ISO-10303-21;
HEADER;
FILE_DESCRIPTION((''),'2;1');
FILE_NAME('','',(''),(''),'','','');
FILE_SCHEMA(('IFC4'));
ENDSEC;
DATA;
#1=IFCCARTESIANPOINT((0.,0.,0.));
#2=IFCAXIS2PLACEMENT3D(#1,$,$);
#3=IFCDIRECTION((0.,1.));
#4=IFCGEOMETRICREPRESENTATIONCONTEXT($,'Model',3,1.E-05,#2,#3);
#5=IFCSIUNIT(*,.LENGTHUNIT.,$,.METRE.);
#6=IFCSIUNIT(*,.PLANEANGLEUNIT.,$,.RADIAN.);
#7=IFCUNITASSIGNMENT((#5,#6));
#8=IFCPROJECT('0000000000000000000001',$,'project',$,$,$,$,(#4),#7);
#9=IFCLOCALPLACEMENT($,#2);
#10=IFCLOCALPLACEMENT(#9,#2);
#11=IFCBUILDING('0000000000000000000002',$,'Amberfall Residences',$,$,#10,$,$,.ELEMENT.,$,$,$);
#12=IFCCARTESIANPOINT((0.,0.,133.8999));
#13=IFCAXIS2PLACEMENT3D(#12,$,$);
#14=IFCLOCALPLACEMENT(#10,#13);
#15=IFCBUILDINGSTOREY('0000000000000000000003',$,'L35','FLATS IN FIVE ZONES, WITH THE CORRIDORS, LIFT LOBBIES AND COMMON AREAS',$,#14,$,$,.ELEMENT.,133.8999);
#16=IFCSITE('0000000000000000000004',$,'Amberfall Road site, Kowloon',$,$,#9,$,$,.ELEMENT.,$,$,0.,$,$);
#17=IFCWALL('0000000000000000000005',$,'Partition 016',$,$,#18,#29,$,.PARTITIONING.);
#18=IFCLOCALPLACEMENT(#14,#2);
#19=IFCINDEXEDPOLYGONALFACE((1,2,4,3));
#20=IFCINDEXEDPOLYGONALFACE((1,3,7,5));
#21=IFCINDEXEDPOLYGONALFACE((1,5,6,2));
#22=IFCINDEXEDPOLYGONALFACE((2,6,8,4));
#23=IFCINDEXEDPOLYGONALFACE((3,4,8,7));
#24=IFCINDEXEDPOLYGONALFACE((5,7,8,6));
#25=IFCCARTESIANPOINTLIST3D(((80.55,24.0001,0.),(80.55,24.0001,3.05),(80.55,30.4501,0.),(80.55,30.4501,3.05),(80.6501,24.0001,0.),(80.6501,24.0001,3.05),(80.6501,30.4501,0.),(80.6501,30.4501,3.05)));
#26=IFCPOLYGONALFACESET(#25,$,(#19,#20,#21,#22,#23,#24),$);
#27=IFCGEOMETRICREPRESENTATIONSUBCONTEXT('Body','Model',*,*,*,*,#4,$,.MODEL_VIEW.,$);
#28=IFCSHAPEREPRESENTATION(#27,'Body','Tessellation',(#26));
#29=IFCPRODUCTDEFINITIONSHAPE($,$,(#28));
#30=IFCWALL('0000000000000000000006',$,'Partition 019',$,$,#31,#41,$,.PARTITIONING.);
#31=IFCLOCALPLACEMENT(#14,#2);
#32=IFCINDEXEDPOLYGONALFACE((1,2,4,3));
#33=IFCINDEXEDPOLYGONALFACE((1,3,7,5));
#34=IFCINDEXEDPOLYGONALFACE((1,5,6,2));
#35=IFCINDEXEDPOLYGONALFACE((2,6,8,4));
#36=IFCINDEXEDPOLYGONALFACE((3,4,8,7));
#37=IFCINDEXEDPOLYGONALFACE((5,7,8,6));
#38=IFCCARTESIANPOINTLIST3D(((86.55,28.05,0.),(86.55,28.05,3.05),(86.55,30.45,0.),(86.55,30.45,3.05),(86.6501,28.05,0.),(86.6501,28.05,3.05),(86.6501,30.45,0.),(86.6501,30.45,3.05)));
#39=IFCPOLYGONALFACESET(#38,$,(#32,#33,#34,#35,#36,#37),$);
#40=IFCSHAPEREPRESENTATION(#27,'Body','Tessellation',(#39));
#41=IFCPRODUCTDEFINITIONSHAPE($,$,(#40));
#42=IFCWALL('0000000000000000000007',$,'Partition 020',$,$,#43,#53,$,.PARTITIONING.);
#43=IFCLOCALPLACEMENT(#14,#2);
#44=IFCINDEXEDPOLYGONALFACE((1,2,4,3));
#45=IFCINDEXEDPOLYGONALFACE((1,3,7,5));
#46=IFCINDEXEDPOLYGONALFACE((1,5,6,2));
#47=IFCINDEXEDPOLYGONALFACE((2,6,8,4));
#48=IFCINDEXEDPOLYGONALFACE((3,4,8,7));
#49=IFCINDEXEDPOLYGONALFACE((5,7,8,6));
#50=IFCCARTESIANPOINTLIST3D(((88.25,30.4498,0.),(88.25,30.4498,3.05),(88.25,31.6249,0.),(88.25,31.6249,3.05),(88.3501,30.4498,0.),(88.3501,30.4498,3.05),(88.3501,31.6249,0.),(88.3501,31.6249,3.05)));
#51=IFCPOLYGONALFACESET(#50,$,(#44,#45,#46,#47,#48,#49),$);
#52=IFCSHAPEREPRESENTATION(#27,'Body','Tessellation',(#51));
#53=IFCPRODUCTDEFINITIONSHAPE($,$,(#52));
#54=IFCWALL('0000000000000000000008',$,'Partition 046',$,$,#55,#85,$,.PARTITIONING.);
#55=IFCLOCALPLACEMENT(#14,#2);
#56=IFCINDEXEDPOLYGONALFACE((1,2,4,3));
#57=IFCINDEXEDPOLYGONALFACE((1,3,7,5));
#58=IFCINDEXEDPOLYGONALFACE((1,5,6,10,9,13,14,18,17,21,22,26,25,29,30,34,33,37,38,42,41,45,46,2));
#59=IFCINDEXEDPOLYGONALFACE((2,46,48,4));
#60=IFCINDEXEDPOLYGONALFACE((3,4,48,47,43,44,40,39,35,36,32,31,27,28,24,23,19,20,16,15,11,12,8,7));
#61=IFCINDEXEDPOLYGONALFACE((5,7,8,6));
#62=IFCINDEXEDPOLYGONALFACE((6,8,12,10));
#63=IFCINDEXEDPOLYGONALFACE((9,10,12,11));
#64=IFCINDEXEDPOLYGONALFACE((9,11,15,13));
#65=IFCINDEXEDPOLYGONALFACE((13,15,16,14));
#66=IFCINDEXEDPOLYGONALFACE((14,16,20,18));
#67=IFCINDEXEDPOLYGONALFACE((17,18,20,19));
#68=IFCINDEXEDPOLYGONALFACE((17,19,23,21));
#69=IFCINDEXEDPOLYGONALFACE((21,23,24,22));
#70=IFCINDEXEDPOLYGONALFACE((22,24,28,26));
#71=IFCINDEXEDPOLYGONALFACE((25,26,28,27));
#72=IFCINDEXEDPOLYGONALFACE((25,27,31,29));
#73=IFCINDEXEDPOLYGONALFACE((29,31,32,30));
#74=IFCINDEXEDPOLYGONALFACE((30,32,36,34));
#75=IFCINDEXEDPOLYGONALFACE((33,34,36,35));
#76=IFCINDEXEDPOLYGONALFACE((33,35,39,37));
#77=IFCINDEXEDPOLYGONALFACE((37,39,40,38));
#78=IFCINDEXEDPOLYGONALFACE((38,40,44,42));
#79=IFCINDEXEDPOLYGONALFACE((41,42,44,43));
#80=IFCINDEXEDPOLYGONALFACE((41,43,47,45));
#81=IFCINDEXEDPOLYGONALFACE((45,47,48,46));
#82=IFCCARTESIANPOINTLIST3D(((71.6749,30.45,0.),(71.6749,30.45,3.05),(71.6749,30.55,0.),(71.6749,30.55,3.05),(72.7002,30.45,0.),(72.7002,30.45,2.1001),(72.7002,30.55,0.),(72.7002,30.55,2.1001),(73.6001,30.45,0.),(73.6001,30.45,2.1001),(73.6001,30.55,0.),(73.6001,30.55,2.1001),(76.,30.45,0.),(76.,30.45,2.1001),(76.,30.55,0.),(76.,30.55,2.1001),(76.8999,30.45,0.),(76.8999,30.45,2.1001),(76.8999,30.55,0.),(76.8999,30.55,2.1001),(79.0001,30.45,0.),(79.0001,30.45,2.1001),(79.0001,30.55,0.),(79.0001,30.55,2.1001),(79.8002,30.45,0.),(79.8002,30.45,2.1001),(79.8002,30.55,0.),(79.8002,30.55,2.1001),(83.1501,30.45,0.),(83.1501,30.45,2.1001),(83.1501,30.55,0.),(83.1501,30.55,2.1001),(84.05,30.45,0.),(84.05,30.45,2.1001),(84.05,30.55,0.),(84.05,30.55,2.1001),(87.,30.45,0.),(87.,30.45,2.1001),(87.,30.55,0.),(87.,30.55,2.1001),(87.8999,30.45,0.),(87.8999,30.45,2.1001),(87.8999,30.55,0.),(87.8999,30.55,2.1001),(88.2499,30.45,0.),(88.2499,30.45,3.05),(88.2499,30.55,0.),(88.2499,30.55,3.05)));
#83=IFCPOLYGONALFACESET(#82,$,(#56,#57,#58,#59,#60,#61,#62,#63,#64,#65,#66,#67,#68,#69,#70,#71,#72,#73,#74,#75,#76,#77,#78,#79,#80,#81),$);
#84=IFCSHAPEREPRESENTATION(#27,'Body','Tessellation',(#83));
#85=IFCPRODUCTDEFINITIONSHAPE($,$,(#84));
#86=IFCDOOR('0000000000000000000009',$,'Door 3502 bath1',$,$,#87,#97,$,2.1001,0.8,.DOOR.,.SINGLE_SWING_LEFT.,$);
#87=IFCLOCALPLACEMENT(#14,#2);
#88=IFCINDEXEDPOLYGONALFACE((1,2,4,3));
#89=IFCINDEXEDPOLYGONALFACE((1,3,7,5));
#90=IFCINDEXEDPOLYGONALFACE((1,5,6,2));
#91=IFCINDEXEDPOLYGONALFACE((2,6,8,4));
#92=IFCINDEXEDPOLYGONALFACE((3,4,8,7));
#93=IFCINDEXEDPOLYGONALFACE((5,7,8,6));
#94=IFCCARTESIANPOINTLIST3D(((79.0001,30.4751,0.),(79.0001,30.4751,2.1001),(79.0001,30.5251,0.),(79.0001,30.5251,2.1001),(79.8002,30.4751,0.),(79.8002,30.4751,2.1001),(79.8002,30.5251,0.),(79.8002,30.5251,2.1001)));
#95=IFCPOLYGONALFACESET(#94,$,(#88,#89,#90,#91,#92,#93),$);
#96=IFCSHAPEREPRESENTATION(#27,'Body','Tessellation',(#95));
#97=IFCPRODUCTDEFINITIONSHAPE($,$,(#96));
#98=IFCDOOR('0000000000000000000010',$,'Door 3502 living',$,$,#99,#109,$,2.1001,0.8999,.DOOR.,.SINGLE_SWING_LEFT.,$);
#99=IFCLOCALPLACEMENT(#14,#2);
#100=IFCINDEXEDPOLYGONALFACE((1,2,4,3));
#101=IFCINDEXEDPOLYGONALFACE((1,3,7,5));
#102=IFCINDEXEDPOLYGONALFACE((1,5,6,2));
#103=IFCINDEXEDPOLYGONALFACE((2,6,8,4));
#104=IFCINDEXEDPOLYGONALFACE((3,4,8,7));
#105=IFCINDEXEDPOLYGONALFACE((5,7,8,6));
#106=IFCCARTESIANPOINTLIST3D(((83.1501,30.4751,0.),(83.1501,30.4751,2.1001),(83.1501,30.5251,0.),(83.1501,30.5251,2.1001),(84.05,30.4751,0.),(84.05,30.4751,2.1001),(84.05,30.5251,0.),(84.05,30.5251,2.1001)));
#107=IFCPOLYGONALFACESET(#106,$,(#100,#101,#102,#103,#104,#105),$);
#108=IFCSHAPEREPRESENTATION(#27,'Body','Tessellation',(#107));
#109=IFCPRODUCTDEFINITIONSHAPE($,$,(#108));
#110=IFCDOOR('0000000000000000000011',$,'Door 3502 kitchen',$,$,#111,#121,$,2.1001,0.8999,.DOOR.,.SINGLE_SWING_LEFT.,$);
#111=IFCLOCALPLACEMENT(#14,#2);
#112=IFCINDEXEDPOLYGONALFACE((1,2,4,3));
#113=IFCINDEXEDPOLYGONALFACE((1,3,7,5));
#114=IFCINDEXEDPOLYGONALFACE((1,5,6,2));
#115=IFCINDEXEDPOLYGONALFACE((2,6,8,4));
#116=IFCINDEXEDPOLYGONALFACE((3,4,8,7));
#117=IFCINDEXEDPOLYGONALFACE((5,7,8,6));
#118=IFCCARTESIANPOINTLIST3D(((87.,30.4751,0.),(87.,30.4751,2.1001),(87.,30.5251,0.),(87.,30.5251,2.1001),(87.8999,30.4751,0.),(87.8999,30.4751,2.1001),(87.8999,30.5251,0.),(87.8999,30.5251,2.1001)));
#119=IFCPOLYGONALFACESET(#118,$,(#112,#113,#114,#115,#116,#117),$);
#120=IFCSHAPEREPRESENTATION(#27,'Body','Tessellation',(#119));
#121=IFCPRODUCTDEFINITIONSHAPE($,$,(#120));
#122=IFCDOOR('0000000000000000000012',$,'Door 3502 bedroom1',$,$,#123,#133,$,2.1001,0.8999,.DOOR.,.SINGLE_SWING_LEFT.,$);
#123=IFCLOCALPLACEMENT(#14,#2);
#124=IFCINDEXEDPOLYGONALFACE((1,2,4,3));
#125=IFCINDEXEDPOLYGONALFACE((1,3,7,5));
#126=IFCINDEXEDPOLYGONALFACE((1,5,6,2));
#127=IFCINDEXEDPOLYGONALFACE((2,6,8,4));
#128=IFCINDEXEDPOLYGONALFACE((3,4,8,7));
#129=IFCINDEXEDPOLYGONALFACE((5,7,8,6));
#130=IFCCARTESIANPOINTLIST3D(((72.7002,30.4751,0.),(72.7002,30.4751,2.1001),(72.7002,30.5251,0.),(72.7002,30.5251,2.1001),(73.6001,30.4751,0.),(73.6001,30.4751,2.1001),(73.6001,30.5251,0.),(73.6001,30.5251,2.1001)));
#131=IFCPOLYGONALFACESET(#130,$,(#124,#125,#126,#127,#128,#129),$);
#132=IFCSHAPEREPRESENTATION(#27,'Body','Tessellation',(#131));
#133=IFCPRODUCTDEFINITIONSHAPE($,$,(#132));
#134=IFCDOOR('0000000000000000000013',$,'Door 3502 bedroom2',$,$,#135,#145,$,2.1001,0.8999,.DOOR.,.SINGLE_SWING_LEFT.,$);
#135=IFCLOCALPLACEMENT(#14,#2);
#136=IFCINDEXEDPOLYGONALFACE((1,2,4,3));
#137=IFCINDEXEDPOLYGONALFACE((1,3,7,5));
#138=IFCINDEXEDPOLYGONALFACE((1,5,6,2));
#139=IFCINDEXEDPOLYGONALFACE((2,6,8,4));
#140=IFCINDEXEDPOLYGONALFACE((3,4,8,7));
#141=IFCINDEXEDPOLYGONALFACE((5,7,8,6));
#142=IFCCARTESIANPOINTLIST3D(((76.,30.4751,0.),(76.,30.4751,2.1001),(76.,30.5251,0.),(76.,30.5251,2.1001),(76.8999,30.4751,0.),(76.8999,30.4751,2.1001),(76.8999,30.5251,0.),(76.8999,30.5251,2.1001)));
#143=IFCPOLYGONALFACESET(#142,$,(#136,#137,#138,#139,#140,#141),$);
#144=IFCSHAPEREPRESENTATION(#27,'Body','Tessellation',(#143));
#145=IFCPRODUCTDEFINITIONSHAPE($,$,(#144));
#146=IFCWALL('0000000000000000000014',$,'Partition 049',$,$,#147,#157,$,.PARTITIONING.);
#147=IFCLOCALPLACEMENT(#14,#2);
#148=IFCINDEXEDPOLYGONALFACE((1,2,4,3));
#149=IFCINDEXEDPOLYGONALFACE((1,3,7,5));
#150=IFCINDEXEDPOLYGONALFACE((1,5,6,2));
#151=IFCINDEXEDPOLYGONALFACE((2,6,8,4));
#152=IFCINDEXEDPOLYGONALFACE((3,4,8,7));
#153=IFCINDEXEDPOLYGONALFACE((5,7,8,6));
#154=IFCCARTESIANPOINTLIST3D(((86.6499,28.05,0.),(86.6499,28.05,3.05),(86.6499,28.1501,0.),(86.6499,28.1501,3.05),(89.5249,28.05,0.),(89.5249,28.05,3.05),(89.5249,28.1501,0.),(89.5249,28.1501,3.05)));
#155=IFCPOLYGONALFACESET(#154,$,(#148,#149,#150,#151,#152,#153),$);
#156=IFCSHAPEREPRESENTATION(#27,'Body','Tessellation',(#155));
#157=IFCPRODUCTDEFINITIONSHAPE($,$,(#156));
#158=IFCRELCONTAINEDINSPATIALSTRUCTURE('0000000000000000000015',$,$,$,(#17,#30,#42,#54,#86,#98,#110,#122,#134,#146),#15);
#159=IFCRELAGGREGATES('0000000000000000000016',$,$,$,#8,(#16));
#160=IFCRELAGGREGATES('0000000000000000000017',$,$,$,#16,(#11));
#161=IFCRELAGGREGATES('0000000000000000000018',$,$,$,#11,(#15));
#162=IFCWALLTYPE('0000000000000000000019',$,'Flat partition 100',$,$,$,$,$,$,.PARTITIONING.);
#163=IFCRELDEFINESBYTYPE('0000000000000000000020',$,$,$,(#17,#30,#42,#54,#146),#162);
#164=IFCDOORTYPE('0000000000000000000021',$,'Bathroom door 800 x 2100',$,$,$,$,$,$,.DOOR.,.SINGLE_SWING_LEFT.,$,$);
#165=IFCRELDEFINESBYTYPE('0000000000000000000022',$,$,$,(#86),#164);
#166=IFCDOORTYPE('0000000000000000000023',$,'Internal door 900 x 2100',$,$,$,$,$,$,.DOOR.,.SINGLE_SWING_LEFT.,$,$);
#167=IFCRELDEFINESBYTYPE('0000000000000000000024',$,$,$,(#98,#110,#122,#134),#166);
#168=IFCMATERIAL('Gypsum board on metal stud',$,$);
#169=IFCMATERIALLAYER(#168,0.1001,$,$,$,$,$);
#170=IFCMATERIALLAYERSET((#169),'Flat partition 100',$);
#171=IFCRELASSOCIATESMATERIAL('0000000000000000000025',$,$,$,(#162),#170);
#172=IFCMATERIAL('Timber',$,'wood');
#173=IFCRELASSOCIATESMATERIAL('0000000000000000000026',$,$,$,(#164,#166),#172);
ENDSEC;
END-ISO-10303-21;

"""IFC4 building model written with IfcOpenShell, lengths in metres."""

from ifc_helpers import new_model, si_unit, direction, frame, frame_2d, origin, place, context, subcontext, project, spatial, rectangle, extrude, material, layer, layer_set, type_object, element, fill, save


model = new_model("IFC4")

# Units and contexts
model_context = context("Model", 3, precision=1e-05, world=origin(), true_north=direction((0.0, 1.0)))
body_context = subcontext(model_context, "Body", "Model", "MODEL_VIEW")
ifc_project = project(units=[si_unit("LENGTHUNIT", "METRE"), si_unit("PLANEANGLEUNIT", "RADIAN")], contexts=[model_context])

# Site, building, storey
site_placement = place(None, origin())
site = spatial("IfcSite", under=ifc_project, at=site_placement, Name="Amberfall Road site, Kowloon", CompositionType="ELEMENT", RefElevation=0.0)
building_placement = place(site_placement, origin())
building = spatial("IfcBuilding", under=site, at=building_placement, Name="Amberfall Residences", CompositionType="ELEMENT")
storey_placement = place(building_placement, frame((0.0, 0.0, 133.8999)))
storey = spatial("IfcBuildingStorey", under=building, at=storey_placement, Name="L35", Description="FLATS IN FIVE ZONES, WITH THE CORRIDORS, LIFT LOBBIES AND COMMON AREAS", CompositionType="ELEMENT", Elevation=133.8999)

# Walls
ifc_material_1 = material(Name="Gypsum board on metal stud")
ifc_layer_1 = layer(ifc_material_1, 0.1001)
ifc_layer_set_1 = layer_set([ifc_layer_1], Name="Flat partition 100")
wall_type_1 = type_object("IfcWallType", Name="Flat partition 100", PredefinedType="PARTITIONING", material=ifc_layer_set_1)
wall_1_placement = place(storey_placement, frame((80.6001, 24.0, 0.0), z_axis=(0.0, 0.0, 1.0), x_axis=(0.0, 1.0, 0.0)))
element("IfcWall", 1, at=wall_1_placement, inside=storey, type_object=wall_type_1, Name="Partition 016", PredefinedType="PARTITIONING", context=body_context, shape_type="SweptSolid", body=[
    extrude(rectangle(XDim=6.45, YDim=0.1001, at=frame_2d((3.2251, 0.0))), origin(), (0.0, 0.0, 1.0), 3.05),
])
wall_2_placement = place(storey_placement, frame((86.6001, 28.05, 0.0), z_axis=(0.0, 0.0, 1.0), x_axis=(0.0, 1.0, 0.0)))
element("IfcWall", 2, at=wall_2_placement, inside=storey, type_object=wall_type_1, Name="Partition 019", PredefinedType="PARTITIONING", context=body_context, shape_type="SweptSolid", body=[
    extrude(rectangle(XDim=2.3999, YDim=0.1001, at=frame_2d((1.2, 0.0))), origin(), (0.0, 0.0, 1.0), 3.05),
])
wall_3_placement = place(storey_placement, frame((88.3, 30.45, 0.0), z_axis=(0.0, 0.0, 1.0), x_axis=(0.0, 1.0, 0.0)))
element("IfcWall", 3, at=wall_3_placement, inside=storey, type_object=wall_type_1, Name="Partition 020", PredefinedType="PARTITIONING", context=body_context, shape_type="SweptSolid", body=[
    extrude(rectangle(XDim=1.175, YDim=0.1001, at=frame_2d((0.5874, 0.0))), origin(), (0.0, 0.0, 1.0), 3.05),
])

# Wall, openings, doors
wall_4_placement = place(storey_placement, frame((88.25, 30.5, 0.0), z_axis=(0.0, 0.0, 1.0), x_axis=(-1.0, 0.0, 0.0)))
wall_4 = element("IfcWall", 4, at=wall_4_placement, inside=storey, type_object=wall_type_1, Name="Partition 046", PredefinedType="PARTITIONING", context=body_context, shape_type="SweptSolid", body=[
    extrude(rectangle(XDim=16.575, YDim=0.1001, at=frame_2d((8.2876, 0.0))), origin(), (0.0, 0.0, 1.0), 3.05),
])
opening_1_placement = place(wall_4_placement, frame((4.2, 0.0, 0.0)))
opening_1 = element("IfcOpeningElement", 5, at=opening_1_placement, cuts=wall_4, PredefinedType="OPENING", context=body_context, shape_type="SweptSolid", body=[
    extrude(rectangle(XDim=0.8999, YDim=2.1001, at=frame_2d((0.45, 1.05))), frame((0.0, 0.0601, 0.0), z_axis=(0.0, -1.0, 0.0), x_axis=(1.0, 0.0, 0.0)), (0.0, 0.0, 1.0), 0.1201),
])
opening_2_placement = place(wall_4_placement, frame((0.3501, 0.0, 0.0)))
opening_2 = element("IfcOpeningElement", 6, at=opening_2_placement, cuts=wall_4, PredefinedType="OPENING", context=body_context, shape_type="SweptSolid", body=[
    extrude(rectangle(XDim=0.8999, YDim=2.1001, at=frame_2d((0.45, 1.05))), frame((0.0, 0.0601, 0.0), z_axis=(0.0, -1.0, 0.0), x_axis=(1.0, 0.0, 0.0)), (0.0, 0.0, 1.0), 0.1201),
])
opening_3_placement = place(wall_4_placement, frame((14.6499, 0.0, 0.0)))
opening_3 = element("IfcOpeningElement", 7, at=opening_3_placement, cuts=wall_4, PredefinedType="OPENING", context=body_context, shape_type="SweptSolid", body=[
    extrude(rectangle(XDim=0.8999, YDim=2.1001, at=frame_2d((0.45, 1.05))), frame((0.0, 0.0601, 0.0), z_axis=(0.0, -1.0, 0.0), x_axis=(1.0, 0.0, 0.0)), (0.0, 0.0, 1.0), 0.1201),
])
opening_4_placement = place(wall_4_placement, frame((11.3501, 0.0, 0.0)))
opening_4 = element("IfcOpeningElement", 8, at=opening_4_placement, cuts=wall_4, PredefinedType="OPENING", context=body_context, shape_type="SweptSolid", body=[
    extrude(rectangle(XDim=0.8999, YDim=2.1001, at=frame_2d((0.45, 1.05))), frame((0.0, 0.0601, 0.0), z_axis=(0.0, -1.0, 0.0), x_axis=(1.0, 0.0, 0.0)), (0.0, 0.0, 1.0), 0.1201),
])
opening_5_placement = place(wall_4_placement, frame((8.45, 0.0, 0.0)))
opening_5 = element("IfcOpeningElement", 9, at=opening_5_placement, cuts=wall_4, PredefinedType="OPENING", context=body_context, shape_type="SweptSolid", body=[
    extrude(rectangle(XDim=0.8, YDim=2.1001, at=frame_2d((0.3999, 1.05))), frame((0.0, 0.0601, 0.0), z_axis=(0.0, -1.0, 0.0), x_axis=(1.0, 0.0, 0.0)), (0.0, 0.0, 1.0), 0.1201),
])
ifc_material_2 = material(Name="Timber", Category="wood")
door_type_1 = type_object("IfcDoorType", Name="Bathroom door 800 x 2100", OperationType="SINGLE_SWING_LEFT", PredefinedType="DOOR", material=ifc_material_2)
door_1_placement = place(opening_5_placement, origin())
door_1 = element("IfcDoor", 10, at=door_1_placement, inside=storey, type_object=door_type_1, Name="Door 3502 bath1", OperationType="SINGLE_SWING_LEFT", OverallHeight=2.1001, OverallWidth=0.8, PredefinedType="DOOR", context=body_context, shape_type="SweptSolid", body=[
    extrude(rectangle(XDim=0.8, YDim=2.1001, at=frame_2d((0.3999, 1.05))), frame((0.0, 0.0249, 0.0), z_axis=(0.0, -1.0, 0.0), x_axis=(1.0, 0.0, 0.0)), (0.0, 0.0, 1.0), 0.05),
])
fill(opening_5, door_1)
door_type_2 = type_object("IfcDoorType", Name="Internal door 900 x 2100", OperationType="SINGLE_SWING_LEFT", PredefinedType="DOOR", material=ifc_material_2)
door_2_placement = place(opening_1_placement, origin())
door_2 = element("IfcDoor", 11, at=door_2_placement, inside=storey, type_object=door_type_2, Name="Door 3502 living", OperationType="SINGLE_SWING_LEFT", OverallHeight=2.1001, OverallWidth=0.8999, PredefinedType="DOOR", context=body_context, shape_type="SweptSolid", body=[
    extrude(rectangle(XDim=0.8999, YDim=2.1001, at=frame_2d((0.45, 1.05))), frame((0.0, 0.0249, 0.0), z_axis=(0.0, -1.0, 0.0), x_axis=(1.0, 0.0, 0.0)), (0.0, 0.0, 1.0), 0.05),
])
fill(opening_1, door_2)
door_3_placement = place(opening_2_placement, origin())
door_3 = element("IfcDoor", 12, at=door_3_placement, inside=storey, type_object=door_type_2, Name="Door 3502 kitchen", OperationType="SINGLE_SWING_LEFT", OverallHeight=2.1001, OverallWidth=0.8999, PredefinedType="DOOR", context=body_context, shape_type="SweptSolid", body=[
    extrude(rectangle(XDim=0.8999, YDim=2.1001, at=frame_2d((0.45, 1.05))), frame((0.0, 0.0249, 0.0), z_axis=(0.0, -1.0, 0.0), x_axis=(1.0, 0.0, 0.0)), (0.0, 0.0, 1.0), 0.05),
])
fill(opening_2, door_3)
door_4_placement = place(opening_3_placement, origin())
door_4 = element("IfcDoor", 13, at=door_4_placement, inside=storey, type_object=door_type_2, Name="Door 3502 bedroom1", OperationType="SINGLE_SWING_LEFT", OverallHeight=2.1001, OverallWidth=0.8999, PredefinedType="DOOR", context=body_context, shape_type="SweptSolid", body=[
    extrude(rectangle(XDim=0.8999, YDim=2.1001, at=frame_2d((0.45, 1.05))), frame((0.0, 0.0249, 0.0), z_axis=(0.0, -1.0, 0.0), x_axis=(1.0, 0.0, 0.0)), (0.0, 0.0, 1.0), 0.05),
])
fill(opening_3, door_4)
door_5_placement = place(opening_4_placement, origin())
door_5 = element("IfcDoor", 14, at=door_5_placement, inside=storey, type_object=door_type_2, Name="Door 3502 bedroom2", OperationType="SINGLE_SWING_LEFT", OverallHeight=2.1001, OverallWidth=0.8999, PredefinedType="DOOR", context=body_context, shape_type="SweptSolid", body=[
    extrude(rectangle(XDim=0.8999, YDim=2.1001, at=frame_2d((0.45, 1.05))), frame((0.0, 0.0249, 0.0), z_axis=(0.0, -1.0, 0.0), x_axis=(1.0, 0.0, 0.0)), (0.0, 0.0, 1.0), 0.05),
])
fill(opening_4, door_5)

# Wall
wall_5_placement = place(storey_placement, frame((86.6499, 28.1001, 0.0), z_axis=(0.0, 0.0, 1.0), x_axis=(1.0, 0.0, 0.0)))
element("IfcWall", 15, at=wall_5_placement, inside=storey, type_object=wall_type_1, Name="Partition 049", PredefinedType="PARTITIONING", context=body_context, shape_type="SweptSolid", body=[
    extrude(rectangle(XDim=2.875, YDim=0.1001, at=frame_2d((1.4375, 0.0))), origin(), (0.0, 0.0, 1.0), 3.05),
])

save(model, "model.ifc")
